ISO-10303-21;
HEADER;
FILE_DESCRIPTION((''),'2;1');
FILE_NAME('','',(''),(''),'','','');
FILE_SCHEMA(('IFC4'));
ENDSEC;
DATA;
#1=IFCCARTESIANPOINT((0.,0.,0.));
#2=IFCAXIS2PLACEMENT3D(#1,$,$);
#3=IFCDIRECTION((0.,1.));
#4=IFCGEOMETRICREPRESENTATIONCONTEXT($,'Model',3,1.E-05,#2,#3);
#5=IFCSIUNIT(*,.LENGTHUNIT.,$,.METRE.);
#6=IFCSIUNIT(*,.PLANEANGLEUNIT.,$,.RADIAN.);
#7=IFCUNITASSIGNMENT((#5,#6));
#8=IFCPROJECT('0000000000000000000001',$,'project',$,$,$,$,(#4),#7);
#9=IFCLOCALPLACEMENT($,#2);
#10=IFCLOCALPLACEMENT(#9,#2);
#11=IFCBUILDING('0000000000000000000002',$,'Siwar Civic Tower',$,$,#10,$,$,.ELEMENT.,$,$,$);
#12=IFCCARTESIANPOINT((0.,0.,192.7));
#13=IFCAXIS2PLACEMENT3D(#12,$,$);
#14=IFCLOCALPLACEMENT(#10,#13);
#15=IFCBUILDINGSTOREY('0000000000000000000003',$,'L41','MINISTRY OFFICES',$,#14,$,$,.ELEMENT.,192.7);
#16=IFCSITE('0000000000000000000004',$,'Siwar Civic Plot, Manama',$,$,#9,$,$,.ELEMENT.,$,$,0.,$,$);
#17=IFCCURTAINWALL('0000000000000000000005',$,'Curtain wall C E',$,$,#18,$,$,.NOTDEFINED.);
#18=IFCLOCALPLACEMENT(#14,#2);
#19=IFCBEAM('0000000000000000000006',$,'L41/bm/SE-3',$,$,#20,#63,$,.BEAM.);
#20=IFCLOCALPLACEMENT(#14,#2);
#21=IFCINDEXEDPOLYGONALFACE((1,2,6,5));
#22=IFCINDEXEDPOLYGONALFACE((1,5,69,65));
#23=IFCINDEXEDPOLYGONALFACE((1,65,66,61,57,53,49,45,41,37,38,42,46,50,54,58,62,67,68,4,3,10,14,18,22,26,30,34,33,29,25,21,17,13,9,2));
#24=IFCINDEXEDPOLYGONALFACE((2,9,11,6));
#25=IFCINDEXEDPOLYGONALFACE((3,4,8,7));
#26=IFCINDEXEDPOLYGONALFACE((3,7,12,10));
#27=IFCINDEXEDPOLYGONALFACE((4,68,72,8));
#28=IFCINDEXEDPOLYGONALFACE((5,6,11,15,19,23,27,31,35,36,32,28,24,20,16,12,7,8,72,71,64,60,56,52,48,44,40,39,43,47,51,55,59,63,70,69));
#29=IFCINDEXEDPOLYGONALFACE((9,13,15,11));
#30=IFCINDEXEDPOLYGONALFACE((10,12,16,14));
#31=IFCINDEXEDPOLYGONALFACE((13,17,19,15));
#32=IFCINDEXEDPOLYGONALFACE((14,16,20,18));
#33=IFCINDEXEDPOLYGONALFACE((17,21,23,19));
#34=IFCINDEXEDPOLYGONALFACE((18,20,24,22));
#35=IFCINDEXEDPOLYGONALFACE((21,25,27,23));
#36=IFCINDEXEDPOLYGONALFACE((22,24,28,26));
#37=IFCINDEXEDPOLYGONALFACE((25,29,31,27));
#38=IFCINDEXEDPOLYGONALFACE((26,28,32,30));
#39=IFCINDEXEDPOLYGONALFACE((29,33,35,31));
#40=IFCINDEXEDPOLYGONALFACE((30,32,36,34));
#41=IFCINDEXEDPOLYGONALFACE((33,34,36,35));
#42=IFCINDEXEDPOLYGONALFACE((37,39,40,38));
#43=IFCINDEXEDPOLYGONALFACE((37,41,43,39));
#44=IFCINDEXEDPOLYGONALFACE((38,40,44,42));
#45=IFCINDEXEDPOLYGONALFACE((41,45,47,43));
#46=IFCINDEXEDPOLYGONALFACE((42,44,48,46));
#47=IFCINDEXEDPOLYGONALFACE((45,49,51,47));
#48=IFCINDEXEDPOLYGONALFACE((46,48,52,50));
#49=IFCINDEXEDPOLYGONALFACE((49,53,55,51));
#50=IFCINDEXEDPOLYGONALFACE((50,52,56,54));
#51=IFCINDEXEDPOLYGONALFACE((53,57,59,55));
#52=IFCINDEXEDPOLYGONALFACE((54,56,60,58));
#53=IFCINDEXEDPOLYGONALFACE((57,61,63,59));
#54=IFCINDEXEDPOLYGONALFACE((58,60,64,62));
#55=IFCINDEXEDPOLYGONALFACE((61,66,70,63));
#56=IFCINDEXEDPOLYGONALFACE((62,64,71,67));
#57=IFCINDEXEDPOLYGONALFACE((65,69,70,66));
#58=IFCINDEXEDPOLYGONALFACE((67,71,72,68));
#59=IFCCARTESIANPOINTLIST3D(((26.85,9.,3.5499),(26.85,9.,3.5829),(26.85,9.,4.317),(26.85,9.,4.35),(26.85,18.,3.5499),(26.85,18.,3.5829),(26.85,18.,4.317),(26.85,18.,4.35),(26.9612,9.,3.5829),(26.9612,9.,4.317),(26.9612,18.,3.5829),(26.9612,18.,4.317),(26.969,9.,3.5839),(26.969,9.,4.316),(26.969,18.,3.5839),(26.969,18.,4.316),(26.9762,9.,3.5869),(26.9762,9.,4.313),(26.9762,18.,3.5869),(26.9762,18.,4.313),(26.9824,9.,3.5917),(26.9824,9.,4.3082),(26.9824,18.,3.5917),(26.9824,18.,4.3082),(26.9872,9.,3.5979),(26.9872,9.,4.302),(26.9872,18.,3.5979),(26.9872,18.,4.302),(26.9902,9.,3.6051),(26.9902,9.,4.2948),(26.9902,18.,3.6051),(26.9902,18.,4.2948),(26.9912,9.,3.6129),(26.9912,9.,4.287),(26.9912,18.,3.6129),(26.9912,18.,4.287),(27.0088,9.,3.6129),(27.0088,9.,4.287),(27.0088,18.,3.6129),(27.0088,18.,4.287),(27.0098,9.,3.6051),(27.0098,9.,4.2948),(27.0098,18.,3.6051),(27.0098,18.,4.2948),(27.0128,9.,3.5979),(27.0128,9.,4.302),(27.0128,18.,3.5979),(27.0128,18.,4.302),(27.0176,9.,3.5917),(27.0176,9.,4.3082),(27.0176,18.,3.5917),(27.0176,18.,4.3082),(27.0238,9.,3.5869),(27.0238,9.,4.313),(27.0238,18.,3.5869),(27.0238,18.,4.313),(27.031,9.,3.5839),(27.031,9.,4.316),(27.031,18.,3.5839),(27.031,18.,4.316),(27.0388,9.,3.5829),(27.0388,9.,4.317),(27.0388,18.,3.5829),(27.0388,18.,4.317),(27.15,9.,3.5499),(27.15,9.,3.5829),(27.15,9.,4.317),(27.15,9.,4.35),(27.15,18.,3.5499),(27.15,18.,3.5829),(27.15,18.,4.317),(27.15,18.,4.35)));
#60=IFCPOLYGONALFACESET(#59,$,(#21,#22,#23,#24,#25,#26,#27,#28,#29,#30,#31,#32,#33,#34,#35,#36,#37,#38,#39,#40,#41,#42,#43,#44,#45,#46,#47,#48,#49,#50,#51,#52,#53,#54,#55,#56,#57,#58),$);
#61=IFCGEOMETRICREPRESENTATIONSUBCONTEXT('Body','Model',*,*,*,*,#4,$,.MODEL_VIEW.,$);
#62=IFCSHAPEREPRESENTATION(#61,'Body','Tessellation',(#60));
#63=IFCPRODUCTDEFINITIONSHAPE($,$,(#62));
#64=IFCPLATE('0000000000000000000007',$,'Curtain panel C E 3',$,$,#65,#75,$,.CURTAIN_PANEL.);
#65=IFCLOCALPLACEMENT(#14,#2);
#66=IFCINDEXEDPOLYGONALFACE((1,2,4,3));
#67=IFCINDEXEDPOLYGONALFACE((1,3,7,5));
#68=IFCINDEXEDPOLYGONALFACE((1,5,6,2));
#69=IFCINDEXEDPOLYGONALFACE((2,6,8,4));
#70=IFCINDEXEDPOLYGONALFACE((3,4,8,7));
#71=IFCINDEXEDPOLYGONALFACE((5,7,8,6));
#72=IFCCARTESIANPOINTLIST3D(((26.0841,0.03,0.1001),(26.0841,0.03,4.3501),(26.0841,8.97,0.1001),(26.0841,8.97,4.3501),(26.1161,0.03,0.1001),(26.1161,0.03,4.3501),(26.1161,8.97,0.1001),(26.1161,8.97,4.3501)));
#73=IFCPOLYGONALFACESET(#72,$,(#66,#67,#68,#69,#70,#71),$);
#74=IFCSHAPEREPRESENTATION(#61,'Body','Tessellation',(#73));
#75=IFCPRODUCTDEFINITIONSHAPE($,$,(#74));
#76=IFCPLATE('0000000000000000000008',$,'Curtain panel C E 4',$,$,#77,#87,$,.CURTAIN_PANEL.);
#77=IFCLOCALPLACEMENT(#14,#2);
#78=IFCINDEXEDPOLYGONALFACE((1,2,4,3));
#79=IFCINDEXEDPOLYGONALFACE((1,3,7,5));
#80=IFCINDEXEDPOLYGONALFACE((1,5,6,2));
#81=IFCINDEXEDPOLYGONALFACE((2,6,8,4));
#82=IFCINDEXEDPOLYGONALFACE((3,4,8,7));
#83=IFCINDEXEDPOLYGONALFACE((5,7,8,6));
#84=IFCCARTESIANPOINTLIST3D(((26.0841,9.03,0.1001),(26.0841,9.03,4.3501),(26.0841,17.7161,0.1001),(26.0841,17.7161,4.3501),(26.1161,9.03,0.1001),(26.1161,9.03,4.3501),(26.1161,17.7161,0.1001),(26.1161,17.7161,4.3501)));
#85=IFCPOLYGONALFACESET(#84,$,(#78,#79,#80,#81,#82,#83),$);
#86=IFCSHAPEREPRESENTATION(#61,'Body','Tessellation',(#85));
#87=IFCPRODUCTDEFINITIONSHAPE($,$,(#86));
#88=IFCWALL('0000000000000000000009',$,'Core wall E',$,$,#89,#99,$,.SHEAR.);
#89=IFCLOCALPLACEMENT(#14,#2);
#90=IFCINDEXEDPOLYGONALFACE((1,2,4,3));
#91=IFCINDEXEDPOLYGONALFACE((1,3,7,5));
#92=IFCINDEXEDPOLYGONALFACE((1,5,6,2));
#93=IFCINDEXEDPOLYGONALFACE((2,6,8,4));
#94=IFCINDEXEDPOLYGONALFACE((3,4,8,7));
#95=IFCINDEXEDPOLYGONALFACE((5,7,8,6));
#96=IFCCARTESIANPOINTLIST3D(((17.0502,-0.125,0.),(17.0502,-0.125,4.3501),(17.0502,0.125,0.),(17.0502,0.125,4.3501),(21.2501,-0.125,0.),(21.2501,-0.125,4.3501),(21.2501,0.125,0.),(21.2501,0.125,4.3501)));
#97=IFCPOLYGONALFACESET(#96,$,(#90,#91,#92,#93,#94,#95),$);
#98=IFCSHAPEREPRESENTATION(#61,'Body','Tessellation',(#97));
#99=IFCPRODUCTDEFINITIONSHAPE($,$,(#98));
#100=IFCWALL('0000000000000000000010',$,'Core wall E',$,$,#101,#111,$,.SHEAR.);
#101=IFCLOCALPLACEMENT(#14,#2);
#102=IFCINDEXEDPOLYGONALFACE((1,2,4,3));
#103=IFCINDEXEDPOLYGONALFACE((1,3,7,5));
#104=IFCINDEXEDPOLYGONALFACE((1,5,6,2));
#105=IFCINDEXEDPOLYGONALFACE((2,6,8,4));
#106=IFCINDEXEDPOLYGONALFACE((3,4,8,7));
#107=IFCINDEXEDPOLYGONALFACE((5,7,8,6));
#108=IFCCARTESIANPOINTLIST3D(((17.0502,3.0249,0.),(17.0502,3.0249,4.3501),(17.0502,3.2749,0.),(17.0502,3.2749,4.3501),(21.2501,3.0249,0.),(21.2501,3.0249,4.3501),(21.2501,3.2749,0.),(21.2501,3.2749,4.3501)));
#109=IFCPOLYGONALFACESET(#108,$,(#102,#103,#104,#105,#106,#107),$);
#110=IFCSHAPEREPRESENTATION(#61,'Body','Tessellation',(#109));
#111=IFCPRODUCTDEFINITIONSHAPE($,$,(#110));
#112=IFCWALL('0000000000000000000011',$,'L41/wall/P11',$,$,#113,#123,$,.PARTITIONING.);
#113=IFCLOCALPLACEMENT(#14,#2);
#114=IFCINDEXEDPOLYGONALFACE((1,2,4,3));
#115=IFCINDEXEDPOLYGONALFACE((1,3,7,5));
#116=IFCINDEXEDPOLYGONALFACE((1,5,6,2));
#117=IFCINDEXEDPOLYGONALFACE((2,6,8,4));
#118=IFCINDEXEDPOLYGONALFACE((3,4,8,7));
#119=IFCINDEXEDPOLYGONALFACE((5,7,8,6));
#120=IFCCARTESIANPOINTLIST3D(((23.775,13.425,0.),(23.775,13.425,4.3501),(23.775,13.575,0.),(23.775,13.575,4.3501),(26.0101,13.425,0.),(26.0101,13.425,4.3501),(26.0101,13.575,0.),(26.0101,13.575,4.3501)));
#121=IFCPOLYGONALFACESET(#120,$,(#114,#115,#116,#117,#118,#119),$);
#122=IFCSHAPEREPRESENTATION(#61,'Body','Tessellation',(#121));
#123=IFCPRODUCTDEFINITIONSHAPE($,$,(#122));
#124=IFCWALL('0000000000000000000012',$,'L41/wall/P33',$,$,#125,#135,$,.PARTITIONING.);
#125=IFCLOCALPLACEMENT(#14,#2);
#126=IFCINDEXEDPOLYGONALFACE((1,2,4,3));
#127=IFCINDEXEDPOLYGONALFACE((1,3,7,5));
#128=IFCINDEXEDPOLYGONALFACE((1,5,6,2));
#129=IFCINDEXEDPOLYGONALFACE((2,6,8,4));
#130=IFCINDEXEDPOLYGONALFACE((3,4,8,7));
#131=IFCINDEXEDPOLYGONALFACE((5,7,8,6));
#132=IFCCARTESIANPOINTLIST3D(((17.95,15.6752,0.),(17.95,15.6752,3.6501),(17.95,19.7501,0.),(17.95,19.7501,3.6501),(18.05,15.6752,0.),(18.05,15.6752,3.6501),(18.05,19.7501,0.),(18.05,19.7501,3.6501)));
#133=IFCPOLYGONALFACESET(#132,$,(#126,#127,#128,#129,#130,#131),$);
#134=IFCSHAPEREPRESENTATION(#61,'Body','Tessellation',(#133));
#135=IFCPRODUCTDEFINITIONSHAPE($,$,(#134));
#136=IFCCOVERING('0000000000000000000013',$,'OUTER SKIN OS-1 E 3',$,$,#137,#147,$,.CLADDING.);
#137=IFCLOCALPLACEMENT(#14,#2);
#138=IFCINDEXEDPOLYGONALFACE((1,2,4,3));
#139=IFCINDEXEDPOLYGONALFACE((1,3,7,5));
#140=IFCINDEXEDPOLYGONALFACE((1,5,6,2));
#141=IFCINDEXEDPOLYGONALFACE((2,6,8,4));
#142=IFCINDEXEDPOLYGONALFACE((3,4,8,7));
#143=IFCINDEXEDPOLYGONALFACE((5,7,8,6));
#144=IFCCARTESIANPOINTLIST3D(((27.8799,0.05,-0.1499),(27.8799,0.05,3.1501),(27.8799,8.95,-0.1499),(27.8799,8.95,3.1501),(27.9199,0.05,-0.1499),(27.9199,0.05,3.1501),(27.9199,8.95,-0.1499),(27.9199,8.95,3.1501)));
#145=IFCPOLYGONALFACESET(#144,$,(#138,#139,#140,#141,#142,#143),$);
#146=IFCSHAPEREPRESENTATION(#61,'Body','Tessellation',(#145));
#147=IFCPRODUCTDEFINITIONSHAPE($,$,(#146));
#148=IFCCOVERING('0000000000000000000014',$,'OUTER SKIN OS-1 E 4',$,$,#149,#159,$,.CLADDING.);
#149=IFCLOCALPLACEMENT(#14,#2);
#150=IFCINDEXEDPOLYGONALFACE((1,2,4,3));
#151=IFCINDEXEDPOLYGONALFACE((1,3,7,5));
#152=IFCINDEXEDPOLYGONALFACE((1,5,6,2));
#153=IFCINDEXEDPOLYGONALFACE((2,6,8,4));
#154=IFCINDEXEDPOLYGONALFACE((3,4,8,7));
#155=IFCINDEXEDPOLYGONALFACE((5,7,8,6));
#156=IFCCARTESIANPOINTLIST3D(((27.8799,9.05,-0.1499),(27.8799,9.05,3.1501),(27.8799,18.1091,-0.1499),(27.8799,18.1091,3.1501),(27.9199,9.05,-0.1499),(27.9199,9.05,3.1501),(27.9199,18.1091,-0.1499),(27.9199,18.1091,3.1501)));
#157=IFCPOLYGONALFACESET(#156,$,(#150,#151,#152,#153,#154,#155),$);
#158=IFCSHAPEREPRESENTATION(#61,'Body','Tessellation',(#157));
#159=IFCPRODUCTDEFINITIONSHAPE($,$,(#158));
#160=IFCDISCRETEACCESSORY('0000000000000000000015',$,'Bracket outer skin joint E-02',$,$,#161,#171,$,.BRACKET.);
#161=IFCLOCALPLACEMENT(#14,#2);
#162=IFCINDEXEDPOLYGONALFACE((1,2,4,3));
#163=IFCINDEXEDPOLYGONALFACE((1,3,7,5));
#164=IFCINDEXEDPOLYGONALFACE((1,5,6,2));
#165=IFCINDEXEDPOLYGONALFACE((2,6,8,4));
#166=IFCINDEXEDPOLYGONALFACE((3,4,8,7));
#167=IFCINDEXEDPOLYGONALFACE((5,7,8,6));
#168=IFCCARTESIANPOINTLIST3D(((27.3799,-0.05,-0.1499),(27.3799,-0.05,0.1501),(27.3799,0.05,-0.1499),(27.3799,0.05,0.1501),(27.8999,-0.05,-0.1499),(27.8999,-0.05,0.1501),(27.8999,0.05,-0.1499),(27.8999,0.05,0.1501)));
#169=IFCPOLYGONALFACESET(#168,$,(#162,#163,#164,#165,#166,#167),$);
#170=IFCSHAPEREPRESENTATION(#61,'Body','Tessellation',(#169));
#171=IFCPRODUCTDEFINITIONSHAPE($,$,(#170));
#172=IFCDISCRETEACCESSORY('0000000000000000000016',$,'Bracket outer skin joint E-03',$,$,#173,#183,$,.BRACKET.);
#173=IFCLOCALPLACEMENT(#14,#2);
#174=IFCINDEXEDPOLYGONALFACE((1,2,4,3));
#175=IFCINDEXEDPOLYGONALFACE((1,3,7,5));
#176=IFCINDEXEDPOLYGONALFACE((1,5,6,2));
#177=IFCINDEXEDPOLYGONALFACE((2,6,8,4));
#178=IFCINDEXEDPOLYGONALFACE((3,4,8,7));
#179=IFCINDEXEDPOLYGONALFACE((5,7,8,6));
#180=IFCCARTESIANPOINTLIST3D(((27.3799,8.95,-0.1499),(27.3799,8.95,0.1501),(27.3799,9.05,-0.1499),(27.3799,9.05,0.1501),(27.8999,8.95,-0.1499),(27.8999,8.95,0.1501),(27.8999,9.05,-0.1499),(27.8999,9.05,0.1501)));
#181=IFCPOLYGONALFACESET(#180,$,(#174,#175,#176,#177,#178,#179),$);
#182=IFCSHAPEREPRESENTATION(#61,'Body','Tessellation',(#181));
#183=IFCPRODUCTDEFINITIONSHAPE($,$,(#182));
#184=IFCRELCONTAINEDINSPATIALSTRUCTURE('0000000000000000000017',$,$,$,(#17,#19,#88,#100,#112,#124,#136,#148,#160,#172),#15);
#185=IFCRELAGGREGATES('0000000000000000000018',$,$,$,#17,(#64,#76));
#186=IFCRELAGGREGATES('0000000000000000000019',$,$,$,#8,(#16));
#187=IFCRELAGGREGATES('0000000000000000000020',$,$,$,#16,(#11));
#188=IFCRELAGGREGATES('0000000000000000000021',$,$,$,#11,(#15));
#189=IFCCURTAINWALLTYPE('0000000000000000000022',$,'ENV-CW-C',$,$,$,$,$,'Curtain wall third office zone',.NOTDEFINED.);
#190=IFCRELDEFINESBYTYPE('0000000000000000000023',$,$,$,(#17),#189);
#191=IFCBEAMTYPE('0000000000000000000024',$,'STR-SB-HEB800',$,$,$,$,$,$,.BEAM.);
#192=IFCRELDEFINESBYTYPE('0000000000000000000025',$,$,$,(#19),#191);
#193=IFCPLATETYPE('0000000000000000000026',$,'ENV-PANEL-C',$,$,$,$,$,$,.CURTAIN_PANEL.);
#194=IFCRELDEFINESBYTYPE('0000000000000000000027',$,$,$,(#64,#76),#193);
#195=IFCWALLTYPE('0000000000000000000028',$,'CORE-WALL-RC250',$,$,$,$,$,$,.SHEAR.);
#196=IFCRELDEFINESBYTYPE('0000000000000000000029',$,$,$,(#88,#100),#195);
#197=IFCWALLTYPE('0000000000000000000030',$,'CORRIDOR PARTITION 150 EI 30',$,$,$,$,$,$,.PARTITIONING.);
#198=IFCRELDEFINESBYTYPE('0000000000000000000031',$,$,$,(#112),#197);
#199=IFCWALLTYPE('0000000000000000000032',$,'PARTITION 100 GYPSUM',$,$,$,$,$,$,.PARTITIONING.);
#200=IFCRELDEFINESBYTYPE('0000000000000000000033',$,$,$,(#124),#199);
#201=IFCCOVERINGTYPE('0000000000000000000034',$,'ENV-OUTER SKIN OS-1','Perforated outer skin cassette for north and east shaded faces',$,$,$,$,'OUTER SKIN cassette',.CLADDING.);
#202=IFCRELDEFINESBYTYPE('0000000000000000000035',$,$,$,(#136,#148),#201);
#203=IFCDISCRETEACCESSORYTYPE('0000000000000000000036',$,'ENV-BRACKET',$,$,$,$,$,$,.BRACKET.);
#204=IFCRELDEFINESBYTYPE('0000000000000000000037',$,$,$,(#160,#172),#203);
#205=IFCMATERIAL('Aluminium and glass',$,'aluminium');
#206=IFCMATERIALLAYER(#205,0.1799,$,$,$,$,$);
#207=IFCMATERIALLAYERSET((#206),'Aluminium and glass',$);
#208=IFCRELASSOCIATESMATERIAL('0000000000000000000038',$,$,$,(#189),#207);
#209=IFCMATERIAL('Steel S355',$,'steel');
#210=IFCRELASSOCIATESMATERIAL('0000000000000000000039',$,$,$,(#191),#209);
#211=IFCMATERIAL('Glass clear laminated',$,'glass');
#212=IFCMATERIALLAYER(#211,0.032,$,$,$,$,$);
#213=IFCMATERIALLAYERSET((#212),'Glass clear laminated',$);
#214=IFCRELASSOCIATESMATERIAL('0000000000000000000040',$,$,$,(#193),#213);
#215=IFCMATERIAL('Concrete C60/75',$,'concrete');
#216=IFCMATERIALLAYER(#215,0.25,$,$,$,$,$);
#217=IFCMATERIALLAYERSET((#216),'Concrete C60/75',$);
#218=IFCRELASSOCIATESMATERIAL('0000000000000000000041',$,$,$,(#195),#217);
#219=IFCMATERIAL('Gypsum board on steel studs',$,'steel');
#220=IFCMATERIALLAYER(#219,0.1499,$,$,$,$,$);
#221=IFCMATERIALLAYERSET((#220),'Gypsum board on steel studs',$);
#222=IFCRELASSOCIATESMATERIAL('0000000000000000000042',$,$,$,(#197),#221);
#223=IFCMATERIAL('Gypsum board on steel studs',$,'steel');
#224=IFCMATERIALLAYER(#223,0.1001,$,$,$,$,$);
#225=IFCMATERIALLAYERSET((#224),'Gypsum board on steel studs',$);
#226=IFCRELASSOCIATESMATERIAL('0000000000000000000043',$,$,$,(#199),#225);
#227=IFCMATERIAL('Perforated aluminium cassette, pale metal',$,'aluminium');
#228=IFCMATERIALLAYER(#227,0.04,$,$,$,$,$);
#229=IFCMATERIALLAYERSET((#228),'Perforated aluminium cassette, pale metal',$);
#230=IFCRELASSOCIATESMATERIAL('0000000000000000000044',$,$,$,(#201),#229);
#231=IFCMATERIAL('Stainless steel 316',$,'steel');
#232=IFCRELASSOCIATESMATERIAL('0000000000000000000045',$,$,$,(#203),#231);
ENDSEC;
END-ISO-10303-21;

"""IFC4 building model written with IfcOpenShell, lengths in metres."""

from ifc_helpers import new_model, si_unit, direction, frame, frame_2d, origin, origin_2d, place, context, subcontext, project, spatial, rectangle, i_section, extrude, material, layer, layer_set, material_profile, profile_set, type_object, element, aggregate, save


model = new_model("IFC4")

# Units and contexts
model_context = context("Model", 3, precision=1e-05, world=origin(), true_north=direction((0.0, 1.0)))
body_context = subcontext(model_context, "Body", "Model", "MODEL_VIEW")
ifc_project = project(units=[si_unit("LENGTHUNIT", "METRE"), si_unit("PLANEANGLEUNIT", "RADIAN")], contexts=[model_context])

# Site, building, storey
site_placement = place(None, origin())
site = spatial("IfcSite", under=ifc_project, at=site_placement, Name="Siwar Civic Plot, Manama", CompositionType="ELEMENT", RefElevation=0.0)
building_placement = place(site_placement, origin())
building = spatial("IfcBuilding", under=site, at=building_placement, Name="Siwar Civic Tower", CompositionType="ELEMENT")
storey_placement = place(building_placement, frame((0.0, 0.0, 192.7)))
storey = spatial("IfcBuildingStorey", under=building, at=storey_placement, Name="L41", Description="MINISTRY OFFICES", CompositionType="ELEMENT", Elevation=192.7)

# Curtain wall
ifc_material_1 = material(Name="Aluminium and glass", Category="aluminium")
ifc_layer_1 = layer(ifc_material_1, 0.1799)
ifc_layer_set_1 = layer_set([ifc_layer_1], Name="Aluminium and glass")
curtain_wall_type_1 = type_object("IfcCurtainWallType", Name="ENV-CW-C", ElementType="Curtain wall third office zone", PredefinedType="NOTDEFINED", material=ifc_layer_set_1)
curtain_wall_1_placement = place(storey_placement, origin())
curtain_wall_1 = element("IfcCurtainWall", 1, at=curtain_wall_1_placement, inside=storey, type_object=curtain_wall_type_1, Name="Curtain wall C E", PredefinedType="NOTDEFINED")

# Beam
ifc_material_2 = material(Name="Steel S355", Category="steel")
ifc_material_profile_1 = material_profile(ifc_material_2, i_section(OverallWidth=0.3, OverallDepth=0.8, WebThickness=0.0176, FlangeThickness=0.033, FilletRadius=0.03, at=origin_2d()), Name="HEB800")
ifc_profile_set_1 = profile_set([ifc_material_profile_1], Name="Steel S355")
beam_type_1 = type_object("IfcBeamType", Name="STR-SB-HEB800", PredefinedType="BEAM", material=ifc_profile_set_1)
for number, where, z_axis, x_axis, name in (
    (2, (27.0, 9.0, 3.95), (0.0, 1.0, 0.0), (-1.0, 0.0, 0.0), "L41/bm/SE-3"),
):
    element("IfcBeam", number, at=place(storey_placement, frame(where, z_axis=z_axis, x_axis=x_axis)), inside=storey, type_object=beam_type_1, Name=name, PredefinedType="BEAM", context=body_context, shape_type="SweptSolid", body=[
        extrude(i_section(OverallWidth=0.3, OverallDepth=0.8, WebThickness=0.0176, FlangeThickness=0.033, FilletRadius=0.03, at=origin_2d()), origin(), (0.0, 0.0, 1.0), 9.0),
    ])

# Plates
ifc_material_3 = material(Name="Glass clear laminated", Category="glass")
ifc_layer_2 = layer(ifc_material_3, 0.032)
ifc_layer_set_2 = layer_set([ifc_layer_2], Name="Glass clear laminated")
plate_type = type_object("IfcPlateType", Name="ENV-PANEL-C", PredefinedType="CURTAIN_PANEL", material=ifc_layer_set_2)
plate_1_placement = place(storey_placement, frame((26.1001, 4.5, 0.1001), z_axis=(0.0, 0.0, 1.0), x_axis=(0.0, 1.0, 0.0)))
plate_1 = element("IfcPlate", 3, at=plate_1_placement, type_object=plate_type, Name="Curtain panel C E 3", PredefinedType="CURTAIN_PANEL", context=body_context, shape_type="SweptSolid", body=[
    extrude(rectangle(XDim=8.9399, YDim=0.032, at=origin_2d()), origin(), (0.0, 0.0, 1.0), 4.25),
])
plate_2_placement = place(storey_placement, frame((26.1001, 13.373, 0.1001), z_axis=(0.0, 0.0, 1.0), x_axis=(0.0, 1.0, 0.0)))
plate_2 = element("IfcPlate", 4, at=plate_2_placement, type_object=plate_type, Name="Curtain panel C E 4", PredefinedType="CURTAIN_PANEL", context=body_context, shape_type="SweptSolid", body=[
    extrude(rectangle(XDim=8.686, YDim=0.032, at=origin_2d()), origin(), (0.0, 0.0, 1.0), 4.25),
])
aggregate(curtain_wall_1, [plate_1, plate_2])

# Walls
ifc_material_4 = material(Name="Concrete C60/75", Category="concrete")
ifc_layer_3 = layer(ifc_material_4, 0.25)
ifc_layer_set_3 = layer_set([ifc_layer_3], Name="Concrete C60/75")
wall_type_1 = type_object("IfcWallType", Name="CORE-WALL-RC250", PredefinedType="SHEAR", material=ifc_layer_set_3)
for number, where, z_axis, x_axis, name in (
    (5, (17.05, 0.0, 0.0), (0.0, 0.0, 1.0), (1.0, 0.0, 0.0), "Core wall E"),
    (6, (17.05, 3.1499, 0.0), (0.0, 0.0, 1.0), (1.0, 0.0, 0.0), "Core wall E"),
):
    element("IfcWall", number, at=place(storey_placement, frame(where, z_axis=z_axis, x_axis=x_axis)), inside=storey, type_object=wall_type_1, Name=name, PredefinedType="SHEAR", context=body_context, shape_type="SweptSolid", body=[
        extrude(rectangle(XDim=4.2, YDim=0.25, at=frame_2d((2.1001, 0.0))), origin(), (0.0, 0.0, 1.0), 4.3501),
    ])
ifc_material_5 = material(Name="Gypsum board on steel studs", Category="steel")
ifc_layer_4 = layer(ifc_material_5, 0.1499)
ifc_layer_set_4 = layer_set([ifc_layer_4], Name="Gypsum board on steel studs")
wall_type_2 = type_object("IfcWallType", Name="CORRIDOR PARTITION 150 EI 30", PredefinedType="PARTITIONING", material=ifc_layer_set_4)
wall_1_placement = place(storey_placement, frame((23.7749, 13.5, 0.0), z_axis=(0.0, 0.0, 1.0), x_axis=(1.0, 0.0, 0.0)))
element("IfcWall", 7, at=wall_1_placement, inside=storey, type_object=wall_type_2, Name="L41/wall/P11", PredefinedType="PARTITIONING", context=body_context, shape_type="SweptSolid", body=[
    extrude(rectangle(XDim=2.2351, YDim=0.1499, at=frame_2d((1.1177, 0.0))), origin(), (0.0, 0.0, 1.0), 4.3501),
])
ifc_material_6 = material(Name="Gypsum board on steel studs", Category="steel")
ifc_layer_5 = layer(ifc_material_6, 0.1001)
ifc_layer_set_5 = layer_set([ifc_layer_5], Name="Gypsum board on steel studs")
wall_type_3 = type_object("IfcWallType", Name="PARTITION 100 GYPSUM", PredefinedType="PARTITIONING", material=ifc_layer_set_5)
wall_2_placement = place(storey_placement, frame((18.0, 15.675, 0.0), z_axis=(0.0, 0.0, 1.0), x_axis=(0.0, 1.0, 0.0)))
element("IfcWall", 8, at=wall_2_placement, inside=storey, type_object=wall_type_3, Name="L41/wall/P33", PredefinedType="PARTITIONING", context=body_context, shape_type="SweptSolid", body=[
    extrude(rectangle(XDim=4.075, YDim=0.1001, at=frame_2d((2.0376, 0.0))), origin(), (0.0, 0.0, 1.0), 3.6501),
])

# Coverings
ifc_material_7 = material(Name="Perforated aluminium cassette, pale metal", Category="aluminium")
ifc_layer_6 = layer(ifc_material_7, 0.04)
ifc_layer_set_6 = layer_set([ifc_layer_6], Name="Perforated aluminium cassette, pale metal")
covering_type = type_object("IfcCoveringType", Name="ENV-OUTER SKIN OS-1", Description="Perforated outer skin cassette for north and east shaded faces", ElementType="OUTER SKIN cassette", PredefinedType="CLADDING", material=ifc_layer_set_6)
covering_1_placement = place(storey_placement, frame((27.8999, 4.5, -0.1499), z_axis=(0.0, 0.0, 1.0), x_axis=(0.0, 1.0, 0.0)))
element("IfcCovering", 9, at=covering_1_placement, inside=storey, type_object=covering_type, Name="OUTER SKIN OS-1 E 3", PredefinedType="CLADDING", context=body_context, shape_type="SweptSolid", body=[
    extrude(rectangle(XDim=8.8999, YDim=0.04, at=origin_2d()), origin(), (0.0, 0.0, 1.0), 3.3),
])
covering_2_placement = place(storey_placement, frame((27.8999, 13.5796, -0.1499), z_axis=(0.0, 0.0, 1.0), x_axis=(0.0, 1.0, 0.0)))
element("IfcCovering", 10, at=covering_2_placement, inside=storey, type_object=covering_type, Name="OUTER SKIN OS-1 E 4", PredefinedType="CLADDING", context=body_context, shape_type="SweptSolid", body=[
    extrude(rectangle(XDim=9.0591, YDim=0.04, at=origin_2d()), origin(), (0.0, 0.0, 1.0), 3.3),
])

# Discrete accessories
ifc_material_8 = material(Name="Stainless steel 316", Category="steel")
discrete_accessory_type = type_object("IfcDiscreteAccessoryType", Name="ENV-BRACKET", PredefinedType="BRACKET", material=ifc_material_8)
for number, where, z_axis, x_axis, name in (
    (11, (27.6399, 0.0, -0.1499), (0.0, 0.0, 1.0), (1.0, 0.0, 0.0), "Bracket outer skin joint E-02"),
    (12, (27.6399, 9.0, -0.1499), (0.0, 0.0, 1.0), (1.0, 0.0, 0.0), "Bracket outer skin joint E-03"),
):
    element("IfcDiscreteAccessory", number, at=place(storey_placement, frame(where, z_axis=z_axis, x_axis=x_axis)), inside=storey, type_object=discrete_accessory_type, Name=name, PredefinedType="BRACKET", context=body_context, shape_type="SweptSolid", body=[
        extrude(rectangle(XDim=0.52, YDim=0.1001, at=origin_2d()), origin(), (0.0, 0.0, 1.0), 0.3),
    ])

save(model, "model.ifc")
